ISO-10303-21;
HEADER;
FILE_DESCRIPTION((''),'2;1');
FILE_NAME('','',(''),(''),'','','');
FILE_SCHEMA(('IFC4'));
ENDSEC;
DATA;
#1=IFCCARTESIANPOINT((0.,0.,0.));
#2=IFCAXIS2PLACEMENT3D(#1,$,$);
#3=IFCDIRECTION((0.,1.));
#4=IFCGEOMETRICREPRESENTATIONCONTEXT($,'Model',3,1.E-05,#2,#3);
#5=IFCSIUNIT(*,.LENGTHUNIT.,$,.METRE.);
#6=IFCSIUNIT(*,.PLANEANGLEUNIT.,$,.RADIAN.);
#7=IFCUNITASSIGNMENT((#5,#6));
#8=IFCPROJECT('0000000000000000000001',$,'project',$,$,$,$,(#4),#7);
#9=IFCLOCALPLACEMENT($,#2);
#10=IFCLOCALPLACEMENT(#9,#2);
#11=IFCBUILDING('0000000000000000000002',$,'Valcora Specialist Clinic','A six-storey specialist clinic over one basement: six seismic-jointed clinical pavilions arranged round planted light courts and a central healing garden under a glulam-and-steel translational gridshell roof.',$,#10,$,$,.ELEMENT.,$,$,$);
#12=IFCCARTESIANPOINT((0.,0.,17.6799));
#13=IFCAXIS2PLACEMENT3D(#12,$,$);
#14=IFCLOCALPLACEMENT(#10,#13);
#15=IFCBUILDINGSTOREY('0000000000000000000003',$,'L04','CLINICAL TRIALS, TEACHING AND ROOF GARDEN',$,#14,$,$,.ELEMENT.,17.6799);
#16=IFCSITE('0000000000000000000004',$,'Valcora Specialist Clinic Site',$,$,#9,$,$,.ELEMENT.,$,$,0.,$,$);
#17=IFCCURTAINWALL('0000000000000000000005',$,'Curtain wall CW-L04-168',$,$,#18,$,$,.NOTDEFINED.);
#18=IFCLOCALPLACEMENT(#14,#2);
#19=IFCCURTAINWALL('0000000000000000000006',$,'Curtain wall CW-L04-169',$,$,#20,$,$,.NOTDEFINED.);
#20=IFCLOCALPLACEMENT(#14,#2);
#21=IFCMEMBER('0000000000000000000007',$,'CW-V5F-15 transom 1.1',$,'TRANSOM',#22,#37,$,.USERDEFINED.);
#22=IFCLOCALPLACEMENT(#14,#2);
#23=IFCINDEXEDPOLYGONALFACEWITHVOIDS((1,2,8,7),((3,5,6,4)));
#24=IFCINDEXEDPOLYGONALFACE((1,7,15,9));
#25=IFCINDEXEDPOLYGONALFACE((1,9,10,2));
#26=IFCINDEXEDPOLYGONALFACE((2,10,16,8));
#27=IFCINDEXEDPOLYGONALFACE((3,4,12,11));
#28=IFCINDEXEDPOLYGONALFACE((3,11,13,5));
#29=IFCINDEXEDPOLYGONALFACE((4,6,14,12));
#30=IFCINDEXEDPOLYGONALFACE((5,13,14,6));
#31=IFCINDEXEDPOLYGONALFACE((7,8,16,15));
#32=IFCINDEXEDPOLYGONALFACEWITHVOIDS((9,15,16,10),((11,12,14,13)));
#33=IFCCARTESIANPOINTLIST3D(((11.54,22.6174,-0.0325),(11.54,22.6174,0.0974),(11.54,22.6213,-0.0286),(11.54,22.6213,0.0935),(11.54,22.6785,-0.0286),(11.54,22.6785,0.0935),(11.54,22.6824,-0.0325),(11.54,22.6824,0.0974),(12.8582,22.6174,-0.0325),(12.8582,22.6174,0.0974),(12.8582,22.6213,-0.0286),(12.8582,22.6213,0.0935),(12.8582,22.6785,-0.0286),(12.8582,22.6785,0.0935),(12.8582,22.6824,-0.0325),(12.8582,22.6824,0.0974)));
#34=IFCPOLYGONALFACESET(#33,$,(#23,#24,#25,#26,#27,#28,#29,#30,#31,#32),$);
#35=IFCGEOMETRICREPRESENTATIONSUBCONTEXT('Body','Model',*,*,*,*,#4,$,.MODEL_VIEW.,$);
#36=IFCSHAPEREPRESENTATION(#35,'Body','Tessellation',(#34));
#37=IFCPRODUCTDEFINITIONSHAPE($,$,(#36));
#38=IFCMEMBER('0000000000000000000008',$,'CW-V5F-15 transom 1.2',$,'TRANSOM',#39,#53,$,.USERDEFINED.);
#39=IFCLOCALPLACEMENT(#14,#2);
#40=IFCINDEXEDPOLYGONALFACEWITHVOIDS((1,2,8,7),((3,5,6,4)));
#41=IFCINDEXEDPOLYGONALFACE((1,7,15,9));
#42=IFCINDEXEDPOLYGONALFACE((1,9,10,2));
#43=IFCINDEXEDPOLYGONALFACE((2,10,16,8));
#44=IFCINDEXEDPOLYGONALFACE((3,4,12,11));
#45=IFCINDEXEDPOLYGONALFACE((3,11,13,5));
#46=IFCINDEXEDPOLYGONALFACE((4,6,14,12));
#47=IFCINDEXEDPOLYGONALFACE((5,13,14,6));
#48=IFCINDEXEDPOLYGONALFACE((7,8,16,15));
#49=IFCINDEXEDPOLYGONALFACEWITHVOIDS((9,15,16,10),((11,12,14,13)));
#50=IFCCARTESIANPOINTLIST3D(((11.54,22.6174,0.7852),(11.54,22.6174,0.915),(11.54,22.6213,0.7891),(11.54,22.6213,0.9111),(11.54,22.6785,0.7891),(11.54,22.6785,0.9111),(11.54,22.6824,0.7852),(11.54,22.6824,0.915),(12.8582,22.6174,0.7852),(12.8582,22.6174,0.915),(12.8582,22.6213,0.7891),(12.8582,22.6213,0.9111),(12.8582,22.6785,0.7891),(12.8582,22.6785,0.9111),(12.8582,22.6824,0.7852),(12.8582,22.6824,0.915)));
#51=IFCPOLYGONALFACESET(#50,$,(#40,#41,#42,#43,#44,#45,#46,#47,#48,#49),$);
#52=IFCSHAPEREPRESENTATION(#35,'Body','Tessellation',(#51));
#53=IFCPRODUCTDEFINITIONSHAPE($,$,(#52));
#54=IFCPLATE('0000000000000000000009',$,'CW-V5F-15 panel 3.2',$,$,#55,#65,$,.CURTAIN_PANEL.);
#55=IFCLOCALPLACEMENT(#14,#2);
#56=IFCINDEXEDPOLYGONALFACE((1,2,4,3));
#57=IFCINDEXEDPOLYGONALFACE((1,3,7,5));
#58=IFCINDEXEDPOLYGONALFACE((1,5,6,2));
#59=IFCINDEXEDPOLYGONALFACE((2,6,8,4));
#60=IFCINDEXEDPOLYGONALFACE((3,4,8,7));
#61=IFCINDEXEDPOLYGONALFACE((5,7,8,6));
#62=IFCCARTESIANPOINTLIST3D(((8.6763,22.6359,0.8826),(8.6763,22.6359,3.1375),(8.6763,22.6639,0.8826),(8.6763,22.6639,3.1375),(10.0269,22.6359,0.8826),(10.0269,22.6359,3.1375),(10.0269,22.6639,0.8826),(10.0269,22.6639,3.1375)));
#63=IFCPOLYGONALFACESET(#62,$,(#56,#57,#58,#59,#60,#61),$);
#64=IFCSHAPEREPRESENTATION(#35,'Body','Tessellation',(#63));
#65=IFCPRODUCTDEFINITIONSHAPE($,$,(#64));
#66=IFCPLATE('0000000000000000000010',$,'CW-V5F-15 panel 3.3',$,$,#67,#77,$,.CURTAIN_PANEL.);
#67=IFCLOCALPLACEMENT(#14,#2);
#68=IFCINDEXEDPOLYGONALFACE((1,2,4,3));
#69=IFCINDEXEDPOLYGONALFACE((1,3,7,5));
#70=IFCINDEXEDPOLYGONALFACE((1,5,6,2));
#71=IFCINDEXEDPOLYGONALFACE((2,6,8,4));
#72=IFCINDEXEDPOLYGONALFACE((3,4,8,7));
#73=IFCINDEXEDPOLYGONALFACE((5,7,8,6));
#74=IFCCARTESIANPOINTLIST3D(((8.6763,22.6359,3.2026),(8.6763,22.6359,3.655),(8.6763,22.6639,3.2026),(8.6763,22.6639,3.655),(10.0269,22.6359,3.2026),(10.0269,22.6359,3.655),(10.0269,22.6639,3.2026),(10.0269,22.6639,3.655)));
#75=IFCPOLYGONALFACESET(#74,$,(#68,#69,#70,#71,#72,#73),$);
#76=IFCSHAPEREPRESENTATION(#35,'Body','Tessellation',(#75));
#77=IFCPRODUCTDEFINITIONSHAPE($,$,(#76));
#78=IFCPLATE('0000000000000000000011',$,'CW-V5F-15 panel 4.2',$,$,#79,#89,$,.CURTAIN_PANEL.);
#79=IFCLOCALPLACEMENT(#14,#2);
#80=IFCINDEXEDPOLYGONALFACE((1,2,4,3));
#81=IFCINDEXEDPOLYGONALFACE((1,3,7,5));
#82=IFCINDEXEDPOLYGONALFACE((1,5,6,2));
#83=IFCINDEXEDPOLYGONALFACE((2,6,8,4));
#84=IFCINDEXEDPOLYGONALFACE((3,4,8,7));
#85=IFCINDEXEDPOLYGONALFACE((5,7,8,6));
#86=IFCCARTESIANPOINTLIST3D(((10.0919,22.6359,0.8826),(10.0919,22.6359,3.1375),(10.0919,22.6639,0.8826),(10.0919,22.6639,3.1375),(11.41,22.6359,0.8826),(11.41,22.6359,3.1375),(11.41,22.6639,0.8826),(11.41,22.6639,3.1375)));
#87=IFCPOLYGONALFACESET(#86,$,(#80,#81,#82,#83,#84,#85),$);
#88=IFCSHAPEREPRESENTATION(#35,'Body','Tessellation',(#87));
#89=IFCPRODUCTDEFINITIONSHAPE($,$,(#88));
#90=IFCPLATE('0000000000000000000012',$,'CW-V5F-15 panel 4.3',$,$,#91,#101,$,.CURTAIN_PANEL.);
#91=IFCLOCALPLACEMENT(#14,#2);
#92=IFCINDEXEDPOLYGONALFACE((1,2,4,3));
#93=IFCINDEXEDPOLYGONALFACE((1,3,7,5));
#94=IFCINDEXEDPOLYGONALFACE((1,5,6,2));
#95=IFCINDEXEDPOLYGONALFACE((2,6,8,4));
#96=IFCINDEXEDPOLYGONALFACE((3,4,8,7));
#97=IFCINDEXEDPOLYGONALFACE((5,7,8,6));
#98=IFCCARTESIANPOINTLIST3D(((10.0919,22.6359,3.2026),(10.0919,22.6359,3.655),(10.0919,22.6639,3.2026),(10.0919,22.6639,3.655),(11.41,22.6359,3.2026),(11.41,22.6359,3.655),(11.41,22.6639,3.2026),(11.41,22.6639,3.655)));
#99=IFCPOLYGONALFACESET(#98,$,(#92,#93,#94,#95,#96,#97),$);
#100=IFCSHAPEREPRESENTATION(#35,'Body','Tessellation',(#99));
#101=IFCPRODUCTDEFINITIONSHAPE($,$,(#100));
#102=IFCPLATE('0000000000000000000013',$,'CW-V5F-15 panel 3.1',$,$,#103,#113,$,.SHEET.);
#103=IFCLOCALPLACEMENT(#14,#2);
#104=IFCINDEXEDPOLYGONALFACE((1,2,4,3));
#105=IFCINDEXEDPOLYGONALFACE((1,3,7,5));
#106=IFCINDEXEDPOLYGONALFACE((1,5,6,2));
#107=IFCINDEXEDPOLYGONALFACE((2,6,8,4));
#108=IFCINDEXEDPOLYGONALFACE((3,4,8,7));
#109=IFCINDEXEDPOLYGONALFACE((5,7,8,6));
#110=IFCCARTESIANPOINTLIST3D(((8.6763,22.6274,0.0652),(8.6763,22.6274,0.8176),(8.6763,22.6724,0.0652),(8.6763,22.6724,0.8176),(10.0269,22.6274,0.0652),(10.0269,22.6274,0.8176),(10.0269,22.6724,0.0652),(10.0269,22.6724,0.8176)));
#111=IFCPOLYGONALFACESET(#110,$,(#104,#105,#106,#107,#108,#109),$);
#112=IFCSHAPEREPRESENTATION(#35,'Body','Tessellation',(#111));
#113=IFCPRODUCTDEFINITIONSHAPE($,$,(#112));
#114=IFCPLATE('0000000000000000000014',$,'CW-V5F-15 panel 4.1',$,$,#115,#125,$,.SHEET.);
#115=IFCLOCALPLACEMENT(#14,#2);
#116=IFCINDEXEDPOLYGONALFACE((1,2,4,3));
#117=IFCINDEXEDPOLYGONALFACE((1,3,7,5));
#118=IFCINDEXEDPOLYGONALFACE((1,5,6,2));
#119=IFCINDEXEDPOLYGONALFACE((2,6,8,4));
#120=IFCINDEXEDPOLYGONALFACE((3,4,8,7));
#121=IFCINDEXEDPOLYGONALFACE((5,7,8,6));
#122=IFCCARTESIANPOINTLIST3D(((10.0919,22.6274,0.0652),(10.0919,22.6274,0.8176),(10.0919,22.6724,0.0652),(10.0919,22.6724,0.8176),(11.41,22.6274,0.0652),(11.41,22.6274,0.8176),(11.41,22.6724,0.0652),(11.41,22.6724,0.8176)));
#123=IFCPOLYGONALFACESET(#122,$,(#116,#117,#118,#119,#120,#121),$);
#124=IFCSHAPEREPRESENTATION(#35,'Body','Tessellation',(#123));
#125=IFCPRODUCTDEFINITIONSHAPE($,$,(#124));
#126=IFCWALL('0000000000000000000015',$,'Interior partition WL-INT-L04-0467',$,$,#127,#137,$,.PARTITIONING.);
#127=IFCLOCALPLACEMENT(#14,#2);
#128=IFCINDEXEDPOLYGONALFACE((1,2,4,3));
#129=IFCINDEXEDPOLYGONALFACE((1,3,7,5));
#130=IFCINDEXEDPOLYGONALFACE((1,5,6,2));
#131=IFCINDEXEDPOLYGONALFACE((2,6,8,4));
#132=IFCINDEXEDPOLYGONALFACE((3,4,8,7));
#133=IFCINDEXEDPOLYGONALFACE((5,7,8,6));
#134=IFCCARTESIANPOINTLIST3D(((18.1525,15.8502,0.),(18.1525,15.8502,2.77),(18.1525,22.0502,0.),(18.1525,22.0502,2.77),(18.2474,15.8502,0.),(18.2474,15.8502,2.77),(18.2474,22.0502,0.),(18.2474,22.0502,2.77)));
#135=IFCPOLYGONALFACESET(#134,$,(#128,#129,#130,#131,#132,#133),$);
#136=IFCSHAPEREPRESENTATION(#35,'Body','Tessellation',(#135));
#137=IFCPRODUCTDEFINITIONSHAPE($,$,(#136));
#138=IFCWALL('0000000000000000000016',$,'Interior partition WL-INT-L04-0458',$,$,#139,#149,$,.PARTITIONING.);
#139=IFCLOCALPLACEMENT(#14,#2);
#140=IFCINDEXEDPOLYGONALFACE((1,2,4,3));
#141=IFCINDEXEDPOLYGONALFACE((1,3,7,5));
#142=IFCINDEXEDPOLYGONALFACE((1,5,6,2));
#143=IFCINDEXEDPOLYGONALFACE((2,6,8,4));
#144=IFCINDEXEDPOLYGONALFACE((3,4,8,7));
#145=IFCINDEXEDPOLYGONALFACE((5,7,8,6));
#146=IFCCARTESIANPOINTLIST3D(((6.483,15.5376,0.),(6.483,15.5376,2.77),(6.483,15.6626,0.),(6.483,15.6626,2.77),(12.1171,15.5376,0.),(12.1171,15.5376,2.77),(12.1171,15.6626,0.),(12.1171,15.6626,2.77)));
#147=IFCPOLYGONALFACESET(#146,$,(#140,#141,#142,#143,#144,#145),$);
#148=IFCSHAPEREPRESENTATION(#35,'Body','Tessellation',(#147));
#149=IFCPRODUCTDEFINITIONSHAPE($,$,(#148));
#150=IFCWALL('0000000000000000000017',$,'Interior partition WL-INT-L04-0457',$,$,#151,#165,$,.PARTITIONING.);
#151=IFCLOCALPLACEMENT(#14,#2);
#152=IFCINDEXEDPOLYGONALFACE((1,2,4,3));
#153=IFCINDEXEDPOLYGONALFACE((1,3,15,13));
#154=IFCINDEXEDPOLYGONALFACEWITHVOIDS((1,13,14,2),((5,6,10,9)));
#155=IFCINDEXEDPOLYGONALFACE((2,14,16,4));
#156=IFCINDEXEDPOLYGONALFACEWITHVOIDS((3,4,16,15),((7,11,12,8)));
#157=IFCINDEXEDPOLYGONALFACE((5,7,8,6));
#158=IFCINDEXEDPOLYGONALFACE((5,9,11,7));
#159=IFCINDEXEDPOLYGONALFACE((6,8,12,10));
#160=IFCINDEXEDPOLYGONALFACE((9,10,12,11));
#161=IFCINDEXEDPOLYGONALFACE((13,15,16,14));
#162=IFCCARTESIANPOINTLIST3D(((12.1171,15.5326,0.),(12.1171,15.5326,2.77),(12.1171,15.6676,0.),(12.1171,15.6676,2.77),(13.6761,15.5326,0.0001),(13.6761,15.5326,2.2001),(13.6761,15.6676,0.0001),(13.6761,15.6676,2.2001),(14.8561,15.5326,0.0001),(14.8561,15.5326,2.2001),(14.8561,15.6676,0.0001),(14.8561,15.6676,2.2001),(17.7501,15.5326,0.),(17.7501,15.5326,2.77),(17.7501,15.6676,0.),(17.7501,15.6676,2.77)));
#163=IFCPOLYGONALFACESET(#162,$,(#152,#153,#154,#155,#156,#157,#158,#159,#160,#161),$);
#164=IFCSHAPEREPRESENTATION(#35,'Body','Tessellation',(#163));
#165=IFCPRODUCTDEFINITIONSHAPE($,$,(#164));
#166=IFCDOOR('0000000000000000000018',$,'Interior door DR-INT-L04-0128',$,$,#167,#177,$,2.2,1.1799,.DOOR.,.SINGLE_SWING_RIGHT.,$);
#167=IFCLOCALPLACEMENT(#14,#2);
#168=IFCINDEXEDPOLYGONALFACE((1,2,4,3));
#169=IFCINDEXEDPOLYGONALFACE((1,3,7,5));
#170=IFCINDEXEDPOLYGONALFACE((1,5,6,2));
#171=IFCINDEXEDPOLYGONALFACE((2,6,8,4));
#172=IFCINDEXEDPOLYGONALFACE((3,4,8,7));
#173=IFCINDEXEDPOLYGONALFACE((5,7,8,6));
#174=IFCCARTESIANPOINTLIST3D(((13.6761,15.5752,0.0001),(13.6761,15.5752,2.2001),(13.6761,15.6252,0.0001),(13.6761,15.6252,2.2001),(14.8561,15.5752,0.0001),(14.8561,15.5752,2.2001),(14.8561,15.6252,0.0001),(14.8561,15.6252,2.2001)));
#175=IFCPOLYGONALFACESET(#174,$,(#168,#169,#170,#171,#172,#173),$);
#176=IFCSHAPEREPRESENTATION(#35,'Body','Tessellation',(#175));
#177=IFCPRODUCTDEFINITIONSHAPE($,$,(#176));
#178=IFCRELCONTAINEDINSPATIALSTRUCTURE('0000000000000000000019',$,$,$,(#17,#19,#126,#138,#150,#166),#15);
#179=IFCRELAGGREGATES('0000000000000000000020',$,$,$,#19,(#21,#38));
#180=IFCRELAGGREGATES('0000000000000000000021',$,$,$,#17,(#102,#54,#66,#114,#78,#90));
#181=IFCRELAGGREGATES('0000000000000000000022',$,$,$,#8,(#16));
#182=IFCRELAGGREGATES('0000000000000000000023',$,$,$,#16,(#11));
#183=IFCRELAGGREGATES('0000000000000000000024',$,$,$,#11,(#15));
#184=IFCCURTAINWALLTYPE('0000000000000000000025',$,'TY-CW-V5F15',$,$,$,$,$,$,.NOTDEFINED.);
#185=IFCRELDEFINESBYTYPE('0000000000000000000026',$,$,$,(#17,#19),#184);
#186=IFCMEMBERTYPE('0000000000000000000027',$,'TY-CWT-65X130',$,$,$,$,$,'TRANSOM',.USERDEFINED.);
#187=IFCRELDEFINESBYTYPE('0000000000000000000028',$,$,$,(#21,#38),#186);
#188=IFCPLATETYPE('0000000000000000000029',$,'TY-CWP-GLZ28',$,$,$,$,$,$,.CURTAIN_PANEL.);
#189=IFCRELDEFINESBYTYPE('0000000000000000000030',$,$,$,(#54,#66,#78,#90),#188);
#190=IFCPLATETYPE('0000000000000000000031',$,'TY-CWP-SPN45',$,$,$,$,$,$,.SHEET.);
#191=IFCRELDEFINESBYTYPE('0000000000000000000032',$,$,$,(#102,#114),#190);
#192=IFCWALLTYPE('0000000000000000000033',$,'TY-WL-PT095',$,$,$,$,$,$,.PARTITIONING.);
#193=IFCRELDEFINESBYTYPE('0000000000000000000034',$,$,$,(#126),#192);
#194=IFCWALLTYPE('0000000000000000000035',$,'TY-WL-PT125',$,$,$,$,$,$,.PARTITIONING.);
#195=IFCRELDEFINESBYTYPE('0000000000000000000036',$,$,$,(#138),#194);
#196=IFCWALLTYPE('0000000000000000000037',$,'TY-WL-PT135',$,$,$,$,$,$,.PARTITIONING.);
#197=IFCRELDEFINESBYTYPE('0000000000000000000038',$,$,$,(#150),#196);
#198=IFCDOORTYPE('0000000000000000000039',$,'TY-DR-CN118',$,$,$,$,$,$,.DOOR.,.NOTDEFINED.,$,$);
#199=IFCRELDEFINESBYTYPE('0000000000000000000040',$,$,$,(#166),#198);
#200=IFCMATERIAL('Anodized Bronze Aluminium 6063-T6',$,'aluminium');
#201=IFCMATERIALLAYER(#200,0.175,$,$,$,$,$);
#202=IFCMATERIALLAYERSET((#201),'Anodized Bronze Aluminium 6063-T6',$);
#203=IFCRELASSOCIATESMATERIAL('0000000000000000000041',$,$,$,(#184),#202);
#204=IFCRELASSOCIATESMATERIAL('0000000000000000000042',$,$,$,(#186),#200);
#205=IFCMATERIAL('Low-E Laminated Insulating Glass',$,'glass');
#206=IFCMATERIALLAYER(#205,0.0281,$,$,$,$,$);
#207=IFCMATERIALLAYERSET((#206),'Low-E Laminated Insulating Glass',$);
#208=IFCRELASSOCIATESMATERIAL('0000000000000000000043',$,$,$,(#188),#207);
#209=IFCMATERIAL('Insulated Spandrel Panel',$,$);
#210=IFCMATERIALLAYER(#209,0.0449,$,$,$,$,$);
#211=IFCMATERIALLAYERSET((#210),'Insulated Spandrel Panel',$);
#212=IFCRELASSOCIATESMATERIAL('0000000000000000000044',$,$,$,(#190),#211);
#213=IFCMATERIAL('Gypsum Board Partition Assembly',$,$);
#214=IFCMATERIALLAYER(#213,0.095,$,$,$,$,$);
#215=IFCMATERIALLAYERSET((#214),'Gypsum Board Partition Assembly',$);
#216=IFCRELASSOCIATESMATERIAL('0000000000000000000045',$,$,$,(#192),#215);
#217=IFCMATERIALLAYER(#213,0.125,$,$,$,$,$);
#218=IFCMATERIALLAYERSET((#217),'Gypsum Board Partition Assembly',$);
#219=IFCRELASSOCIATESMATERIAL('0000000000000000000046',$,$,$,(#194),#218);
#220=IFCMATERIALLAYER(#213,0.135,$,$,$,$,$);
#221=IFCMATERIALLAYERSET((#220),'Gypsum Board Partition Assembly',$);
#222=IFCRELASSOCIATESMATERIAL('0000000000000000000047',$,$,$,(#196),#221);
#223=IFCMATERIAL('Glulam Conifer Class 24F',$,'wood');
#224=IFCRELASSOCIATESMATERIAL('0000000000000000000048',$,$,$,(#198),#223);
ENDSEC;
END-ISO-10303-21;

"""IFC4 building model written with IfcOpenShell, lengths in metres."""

from ifc_helpers import new_model, si_unit, direction, frame, frame_2d, origin, origin_2d, place, context, subcontext, project, spatial, rectangle, hollow_rectangle, extrude, material, layer, layer_set, material_profile, profile_set, type_object, element, fill, aggregate, save


model = new_model("IFC4")

# Units and contexts
model_context = context("Model", 3, precision=1e-05, world=origin(), true_north=direction((0.0, 1.0)))
body_context = subcontext(model_context, "Body", "Model", "MODEL_VIEW")
ifc_project = project(units=[si_unit("LENGTHUNIT", "METRE"), si_unit("PLANEANGLEUNIT", "RADIAN")], contexts=[model_context])

# Site, building, storey
site_placement = place(None, origin())
site = spatial("IfcSite", under=ifc_project, at=site_placement, Name="Valcora Specialist Clinic Site", CompositionType="ELEMENT", RefElevation=0.0)
building_placement = place(site_placement, origin())
building = spatial("IfcBuilding", under=site, at=building_placement, Name="Valcora Specialist Clinic", Description="A six-storey specialist clinic over one basement: six seismic-jointed clinical pavilions arranged round planted light courts and a central healing garden under a glulam-and-steel translational gridshell roof.", CompositionType="ELEMENT")
storey_placement = place(building_placement, frame((0.0, 0.0, 17.6799)))
storey = spatial("IfcBuildingStorey", under=building, at=storey_placement, Name="L04", Description="CLINICAL TRIALS, TEACHING AND ROOF GARDEN", CompositionType="ELEMENT", Elevation=17.6799)

# Curtain wall
ifc_material_1 = material(Name="Anodized Bronze Aluminium 6063-T6", Category="aluminium")
ifc_layer_1 = layer(ifc_material_1, 0.175)
ifc_layer_set_1 = layer_set([ifc_layer_1], Name="Anodized Bronze Aluminium 6063-T6")
curtain_wall_type = type_object("IfcCurtainWallType", Name="TY-CW-V5F15", PredefinedType="NOTDEFINED", material=ifc_layer_set_1)
curtain_wall_1_placement = place(storey_placement, origin())
curtain_wall_1 = element("IfcCurtainWall", 1, at=curtain_wall_1_placement, inside=storey, type_object=curtain_wall_type, Name="Curtain wall CW-L04-168", PredefinedType="NOTDEFINED")

# Curtain wall
curtain_wall_2_placement = place(storey_placement, origin())
curtain_wall_2 = element("IfcCurtainWall", 2, at=curtain_wall_2_placement, inside=storey, type_object=curtain_wall_type, Name="Curtain wall CW-L04-169", PredefinedType="NOTDEFINED")

# Members
ifc_material_profile_1 = material_profile(ifc_material_1, hollow_rectangle(XDim=0.0649, YDim=0.1299, WallThickness=0.0039, at=origin_2d()), Name="AL-TRN-65X130")
ifc_profile_set_1 = profile_set([ifc_material_profile_1], Name="Anodized Bronze Aluminium 6063-T6")
member_type_1 = type_object("IfcMemberType", Name="TY-CWT-65X130", ElementType="TRANSOM", PredefinedType="USERDEFINED", material=ifc_profile_set_1)
member_1_placement = place(storey_placement, frame((11.54, 22.6499, 0.0325), z_axis=(1.0, 0.0, 0.0), x_axis=(0.0, 1.0, 0.0)))
member_1 = element("IfcMember", 3, at=member_1_placement, type_object=member_type_1, Name="CW-V5F-15 transom 1.1", ObjectType="TRANSOM", PredefinedType="USERDEFINED", context=body_context, shape_type="SweptSolid", body=[
    extrude(hollow_rectangle(XDim=0.0649, YDim=0.1299, WallThickness=0.0039, at=origin_2d()), origin(), (0.0, 0.0, 1.0), 1.3181),
])
member_2_placement = place(storey_placement, frame((11.54, 22.6499, 0.8501), z_axis=(1.0, 0.0, 0.0), x_axis=(0.0, 1.0, 0.0)))
member_2 = element("IfcMember", 4, at=member_2_placement, type_object=member_type_1, Name="CW-V5F-15 transom 1.2", ObjectType="TRANSOM", PredefinedType="USERDEFINED", context=body_context, shape_type="SweptSolid", body=[
    extrude(hollow_rectangle(XDim=0.0649, YDim=0.1299, WallThickness=0.0039, at=origin_2d()), origin(), (0.0, 0.0, 1.0), 1.3181),
])
aggregate(curtain_wall_2, [member_1, member_2])

# Plates
ifc_material_2 = material(Name="Low-E Laminated Insulating Glass", Category="glass")
ifc_layer_2 = layer(ifc_material_2, 0.0281)
ifc_layer_set_2 = layer_set([ifc_layer_2], Name="Low-E Laminated Insulating Glass")
plate_type_1 = type_object("IfcPlateType", Name="TY-CWP-GLZ28", PredefinedType="CURTAIN_PANEL", material=ifc_layer_set_2)
plate_1_placement = place(storey_placement, frame((9.3516, 22.6499, 0.8826), z_axis=(0.0, 0.0, 1.0), x_axis=(1.0, 0.0, 0.0)))
plate_1 = element("IfcPlate", 5, at=plate_1_placement, type_object=plate_type_1, Name="CW-V5F-15 panel 3.2", PredefinedType="CURTAIN_PANEL", context=body_context, shape_type="SweptSolid", body=[
    extrude(rectangle(XDim=1.3506, YDim=0.0281, at=origin_2d()), origin(), (0.0, 0.0, 1.0), 2.2549),
])
plate_2_placement = place(storey_placement, frame((9.3516, 22.6499, 3.2026), z_axis=(0.0, 0.0, 1.0), x_axis=(1.0, 0.0, 0.0)))
plate_2 = element("IfcPlate", 6, at=plate_2_placement, type_object=plate_type_1, Name="CW-V5F-15 panel 3.3", PredefinedType="CURTAIN_PANEL", context=body_context, shape_type="SweptSolid", body=[
    extrude(rectangle(XDim=1.3506, YDim=0.0281, at=origin_2d()), origin(), (0.0, 0.0, 1.0), 0.4524),
])
plate_3_placement = place(storey_placement, frame((10.751, 22.6499, 0.8826), z_axis=(0.0, 0.0, 1.0), x_axis=(1.0, 0.0, 0.0)))
plate_3 = element("IfcPlate", 7, at=plate_3_placement, type_object=plate_type_1, Name="CW-V5F-15 panel 4.2", PredefinedType="CURTAIN_PANEL", context=body_context, shape_type="SweptSolid", body=[
    extrude(rectangle(XDim=1.3181, YDim=0.0281, at=origin_2d()), origin(), (0.0, 0.0, 1.0), 2.2549),
])
plate_4_placement = place(storey_placement, frame((10.751, 22.6499, 3.2026), z_axis=(0.0, 0.0, 1.0), x_axis=(1.0, 0.0, 0.0)))
plate_4 = element("IfcPlate", 8, at=plate_4_placement, type_object=plate_type_1, Name="CW-V5F-15 panel 4.3", PredefinedType="CURTAIN_PANEL", context=body_context, shape_type="SweptSolid", body=[
    extrude(rectangle(XDim=1.3181, YDim=0.0281, at=origin_2d()), origin(), (0.0, 0.0, 1.0), 0.4524),
])
ifc_material_3 = material(Name="Insulated Spandrel Panel")
ifc_layer_3 = layer(ifc_material_3, 0.0449)
ifc_layer_set_3 = layer_set([ifc_layer_3], Name="Insulated Spandrel Panel")
plate_type_2 = type_object("IfcPlateType", Name="TY-CWP-SPN45", PredefinedType="SHEET", material=ifc_layer_set_3)
plate_5_placement = place(storey_placement, frame((9.3516, 22.6499, 0.0652), z_axis=(0.0, 0.0, 1.0), x_axis=(1.0, 0.0, 0.0)))
plate_5 = element("IfcPlate", 9, at=plate_5_placement, type_object=plate_type_2, Name="CW-V5F-15 panel 3.1", PredefinedType="SHEET", context=body_context, shape_type="SweptSolid", body=[
    extrude(rectangle(XDim=1.3506, YDim=0.0449, at=origin_2d()), origin(), (0.0, 0.0, 1.0), 0.7524),
])
plate_6_placement = place(storey_placement, frame((10.751, 22.6499, 0.0652), z_axis=(0.0, 0.0, 1.0), x_axis=(1.0, 0.0, 0.0)))
plate_6 = element("IfcPlate", 10, at=plate_6_placement, type_object=plate_type_2, Name="CW-V5F-15 panel 4.1", PredefinedType="SHEET", context=body_context, shape_type="SweptSolid", body=[
    extrude(rectangle(XDim=1.3181, YDim=0.0449, at=origin_2d()), origin(), (0.0, 0.0, 1.0), 0.7524),
])
aggregate(curtain_wall_1, [plate_5, plate_1, plate_2, plate_6, plate_3, plate_4])

# Walls
ifc_material_4 = material(Name="Gypsum Board Partition Assembly")
ifc_layer_4 = layer(ifc_material_4, 0.095)
ifc_layer_set_4 = layer_set([ifc_layer_4], Name="Gypsum Board Partition Assembly")
wall_type_1 = type_object("IfcWallType", Name="TY-WL-PT095", PredefinedType="PARTITIONING", material=ifc_layer_set_4)
wall_1_placement = place(storey_placement, frame((18.2, 15.8501, 0.0), z_axis=(0.0, 0.0, 1.0), x_axis=(0.0, 1.0, 0.0)))
element("IfcWall", 11, at=wall_1_placement, inside=storey, type_object=wall_type_1, Name="Interior partition WL-INT-L04-0467", PredefinedType="PARTITIONING", context=body_context, shape_type="SweptSolid", body=[
    extrude(rectangle(XDim=6.2, YDim=0.095, at=frame_2d((3.1001, 0.0))), origin(), (0.0, 0.0, 1.0), 2.77),
])
ifc_layer_5 = layer(ifc_material_4, 0.125)
ifc_layer_set_5 = layer_set([ifc_layer_5], Name="Gypsum Board Partition Assembly")
wall_type_2 = type_object("IfcWallType", Name="TY-WL-PT125", PredefinedType="PARTITIONING", material=ifc_layer_set_5)
wall_2_placement = place(storey_placement, frame((12.1169, 15.6001, 0.0), z_axis=(0.0, 0.0, 1.0), x_axis=(-1.0, 0.0, 0.0)))
element("IfcWall", 12, at=wall_2_placement, inside=storey, type_object=wall_type_2, Name="Interior partition WL-INT-L04-0458", PredefinedType="PARTITIONING", context=body_context, shape_type="SweptSolid", body=[
    extrude(rectangle(XDim=5.634, YDim=0.125, at=frame_2d((2.8169, 0.0))), origin(), (0.0, 0.0, 1.0), 2.77),
])

# Wall, opening, door
ifc_layer_6 = layer(ifc_material_4, 0.135)
ifc_layer_set_6 = layer_set([ifc_layer_6], Name="Gypsum Board Partition Assembly")
wall_type_3 = type_object("IfcWallType", Name="TY-WL-PT135", PredefinedType="PARTITIONING", material=ifc_layer_set_6)
wall_3_placement = place(storey_placement, frame((17.75, 15.6001, 0.0), z_axis=(0.0, 0.0, 1.0), x_axis=(-1.0, 0.0, 0.0)))
wall_3 = element("IfcWall", 13, at=wall_3_placement, inside=storey, type_object=wall_type_3, Name="Interior partition WL-INT-L04-0457", PredefinedType="PARTITIONING", context=body_context, shape_type="SweptSolid", body=[
    extrude(rectangle(XDim=5.6331, YDim=0.135, at=frame_2d((2.8164, 0.0))), origin(), (0.0, 0.0, 1.0), 2.77),
])
opening_placement = place(wall_3_placement, frame((2.894, 0.0, 0.0)))
opening = element("IfcOpeningElement", 14, at=opening_placement, cuts=wall_3, PredefinedType="OPENING", context=body_context, shape_type="SweptSolid", body=[
    extrude(rectangle(XDim=1.1799, YDim=2.2, at=frame_2d((0.5898, 1.1001))), frame((0.0, 0.0774, 0.0), z_axis=(0.0, -1.0, 0.0), x_axis=(1.0, 0.0, 0.0)), (0.0, 0.0, 1.0), 0.155),
])
ifc_material_5 = material(Name="Glulam Conifer Class 24F", Category="wood")
door_type = type_object("IfcDoorType", Name="TY-DR-CN118", OperationType="NOTDEFINED", PredefinedType="DOOR", material=ifc_material_5)
door_placement = place(opening_placement, origin())
door = element("IfcDoor", 15, at=door_placement, inside=storey, type_object=door_type, Name="Interior door DR-INT-L04-0128", OperationType="SINGLE_SWING_RIGHT", OverallHeight=2.2, OverallWidth=1.1799, PredefinedType="DOOR", context=body_context, shape_type="SweptSolid", body=[
    extrude(rectangle(XDim=1.1799, YDim=2.2, at=frame_2d((0.5898, 1.1001))), frame((0.0, 0.0249, 0.0), z_axis=(0.0, -1.0, 0.0), x_axis=(1.0, 0.0, 0.0)), (0.0, 0.0, 1.0), 0.05),
])
fill(opening, door)

save(model, "model.ifc")
